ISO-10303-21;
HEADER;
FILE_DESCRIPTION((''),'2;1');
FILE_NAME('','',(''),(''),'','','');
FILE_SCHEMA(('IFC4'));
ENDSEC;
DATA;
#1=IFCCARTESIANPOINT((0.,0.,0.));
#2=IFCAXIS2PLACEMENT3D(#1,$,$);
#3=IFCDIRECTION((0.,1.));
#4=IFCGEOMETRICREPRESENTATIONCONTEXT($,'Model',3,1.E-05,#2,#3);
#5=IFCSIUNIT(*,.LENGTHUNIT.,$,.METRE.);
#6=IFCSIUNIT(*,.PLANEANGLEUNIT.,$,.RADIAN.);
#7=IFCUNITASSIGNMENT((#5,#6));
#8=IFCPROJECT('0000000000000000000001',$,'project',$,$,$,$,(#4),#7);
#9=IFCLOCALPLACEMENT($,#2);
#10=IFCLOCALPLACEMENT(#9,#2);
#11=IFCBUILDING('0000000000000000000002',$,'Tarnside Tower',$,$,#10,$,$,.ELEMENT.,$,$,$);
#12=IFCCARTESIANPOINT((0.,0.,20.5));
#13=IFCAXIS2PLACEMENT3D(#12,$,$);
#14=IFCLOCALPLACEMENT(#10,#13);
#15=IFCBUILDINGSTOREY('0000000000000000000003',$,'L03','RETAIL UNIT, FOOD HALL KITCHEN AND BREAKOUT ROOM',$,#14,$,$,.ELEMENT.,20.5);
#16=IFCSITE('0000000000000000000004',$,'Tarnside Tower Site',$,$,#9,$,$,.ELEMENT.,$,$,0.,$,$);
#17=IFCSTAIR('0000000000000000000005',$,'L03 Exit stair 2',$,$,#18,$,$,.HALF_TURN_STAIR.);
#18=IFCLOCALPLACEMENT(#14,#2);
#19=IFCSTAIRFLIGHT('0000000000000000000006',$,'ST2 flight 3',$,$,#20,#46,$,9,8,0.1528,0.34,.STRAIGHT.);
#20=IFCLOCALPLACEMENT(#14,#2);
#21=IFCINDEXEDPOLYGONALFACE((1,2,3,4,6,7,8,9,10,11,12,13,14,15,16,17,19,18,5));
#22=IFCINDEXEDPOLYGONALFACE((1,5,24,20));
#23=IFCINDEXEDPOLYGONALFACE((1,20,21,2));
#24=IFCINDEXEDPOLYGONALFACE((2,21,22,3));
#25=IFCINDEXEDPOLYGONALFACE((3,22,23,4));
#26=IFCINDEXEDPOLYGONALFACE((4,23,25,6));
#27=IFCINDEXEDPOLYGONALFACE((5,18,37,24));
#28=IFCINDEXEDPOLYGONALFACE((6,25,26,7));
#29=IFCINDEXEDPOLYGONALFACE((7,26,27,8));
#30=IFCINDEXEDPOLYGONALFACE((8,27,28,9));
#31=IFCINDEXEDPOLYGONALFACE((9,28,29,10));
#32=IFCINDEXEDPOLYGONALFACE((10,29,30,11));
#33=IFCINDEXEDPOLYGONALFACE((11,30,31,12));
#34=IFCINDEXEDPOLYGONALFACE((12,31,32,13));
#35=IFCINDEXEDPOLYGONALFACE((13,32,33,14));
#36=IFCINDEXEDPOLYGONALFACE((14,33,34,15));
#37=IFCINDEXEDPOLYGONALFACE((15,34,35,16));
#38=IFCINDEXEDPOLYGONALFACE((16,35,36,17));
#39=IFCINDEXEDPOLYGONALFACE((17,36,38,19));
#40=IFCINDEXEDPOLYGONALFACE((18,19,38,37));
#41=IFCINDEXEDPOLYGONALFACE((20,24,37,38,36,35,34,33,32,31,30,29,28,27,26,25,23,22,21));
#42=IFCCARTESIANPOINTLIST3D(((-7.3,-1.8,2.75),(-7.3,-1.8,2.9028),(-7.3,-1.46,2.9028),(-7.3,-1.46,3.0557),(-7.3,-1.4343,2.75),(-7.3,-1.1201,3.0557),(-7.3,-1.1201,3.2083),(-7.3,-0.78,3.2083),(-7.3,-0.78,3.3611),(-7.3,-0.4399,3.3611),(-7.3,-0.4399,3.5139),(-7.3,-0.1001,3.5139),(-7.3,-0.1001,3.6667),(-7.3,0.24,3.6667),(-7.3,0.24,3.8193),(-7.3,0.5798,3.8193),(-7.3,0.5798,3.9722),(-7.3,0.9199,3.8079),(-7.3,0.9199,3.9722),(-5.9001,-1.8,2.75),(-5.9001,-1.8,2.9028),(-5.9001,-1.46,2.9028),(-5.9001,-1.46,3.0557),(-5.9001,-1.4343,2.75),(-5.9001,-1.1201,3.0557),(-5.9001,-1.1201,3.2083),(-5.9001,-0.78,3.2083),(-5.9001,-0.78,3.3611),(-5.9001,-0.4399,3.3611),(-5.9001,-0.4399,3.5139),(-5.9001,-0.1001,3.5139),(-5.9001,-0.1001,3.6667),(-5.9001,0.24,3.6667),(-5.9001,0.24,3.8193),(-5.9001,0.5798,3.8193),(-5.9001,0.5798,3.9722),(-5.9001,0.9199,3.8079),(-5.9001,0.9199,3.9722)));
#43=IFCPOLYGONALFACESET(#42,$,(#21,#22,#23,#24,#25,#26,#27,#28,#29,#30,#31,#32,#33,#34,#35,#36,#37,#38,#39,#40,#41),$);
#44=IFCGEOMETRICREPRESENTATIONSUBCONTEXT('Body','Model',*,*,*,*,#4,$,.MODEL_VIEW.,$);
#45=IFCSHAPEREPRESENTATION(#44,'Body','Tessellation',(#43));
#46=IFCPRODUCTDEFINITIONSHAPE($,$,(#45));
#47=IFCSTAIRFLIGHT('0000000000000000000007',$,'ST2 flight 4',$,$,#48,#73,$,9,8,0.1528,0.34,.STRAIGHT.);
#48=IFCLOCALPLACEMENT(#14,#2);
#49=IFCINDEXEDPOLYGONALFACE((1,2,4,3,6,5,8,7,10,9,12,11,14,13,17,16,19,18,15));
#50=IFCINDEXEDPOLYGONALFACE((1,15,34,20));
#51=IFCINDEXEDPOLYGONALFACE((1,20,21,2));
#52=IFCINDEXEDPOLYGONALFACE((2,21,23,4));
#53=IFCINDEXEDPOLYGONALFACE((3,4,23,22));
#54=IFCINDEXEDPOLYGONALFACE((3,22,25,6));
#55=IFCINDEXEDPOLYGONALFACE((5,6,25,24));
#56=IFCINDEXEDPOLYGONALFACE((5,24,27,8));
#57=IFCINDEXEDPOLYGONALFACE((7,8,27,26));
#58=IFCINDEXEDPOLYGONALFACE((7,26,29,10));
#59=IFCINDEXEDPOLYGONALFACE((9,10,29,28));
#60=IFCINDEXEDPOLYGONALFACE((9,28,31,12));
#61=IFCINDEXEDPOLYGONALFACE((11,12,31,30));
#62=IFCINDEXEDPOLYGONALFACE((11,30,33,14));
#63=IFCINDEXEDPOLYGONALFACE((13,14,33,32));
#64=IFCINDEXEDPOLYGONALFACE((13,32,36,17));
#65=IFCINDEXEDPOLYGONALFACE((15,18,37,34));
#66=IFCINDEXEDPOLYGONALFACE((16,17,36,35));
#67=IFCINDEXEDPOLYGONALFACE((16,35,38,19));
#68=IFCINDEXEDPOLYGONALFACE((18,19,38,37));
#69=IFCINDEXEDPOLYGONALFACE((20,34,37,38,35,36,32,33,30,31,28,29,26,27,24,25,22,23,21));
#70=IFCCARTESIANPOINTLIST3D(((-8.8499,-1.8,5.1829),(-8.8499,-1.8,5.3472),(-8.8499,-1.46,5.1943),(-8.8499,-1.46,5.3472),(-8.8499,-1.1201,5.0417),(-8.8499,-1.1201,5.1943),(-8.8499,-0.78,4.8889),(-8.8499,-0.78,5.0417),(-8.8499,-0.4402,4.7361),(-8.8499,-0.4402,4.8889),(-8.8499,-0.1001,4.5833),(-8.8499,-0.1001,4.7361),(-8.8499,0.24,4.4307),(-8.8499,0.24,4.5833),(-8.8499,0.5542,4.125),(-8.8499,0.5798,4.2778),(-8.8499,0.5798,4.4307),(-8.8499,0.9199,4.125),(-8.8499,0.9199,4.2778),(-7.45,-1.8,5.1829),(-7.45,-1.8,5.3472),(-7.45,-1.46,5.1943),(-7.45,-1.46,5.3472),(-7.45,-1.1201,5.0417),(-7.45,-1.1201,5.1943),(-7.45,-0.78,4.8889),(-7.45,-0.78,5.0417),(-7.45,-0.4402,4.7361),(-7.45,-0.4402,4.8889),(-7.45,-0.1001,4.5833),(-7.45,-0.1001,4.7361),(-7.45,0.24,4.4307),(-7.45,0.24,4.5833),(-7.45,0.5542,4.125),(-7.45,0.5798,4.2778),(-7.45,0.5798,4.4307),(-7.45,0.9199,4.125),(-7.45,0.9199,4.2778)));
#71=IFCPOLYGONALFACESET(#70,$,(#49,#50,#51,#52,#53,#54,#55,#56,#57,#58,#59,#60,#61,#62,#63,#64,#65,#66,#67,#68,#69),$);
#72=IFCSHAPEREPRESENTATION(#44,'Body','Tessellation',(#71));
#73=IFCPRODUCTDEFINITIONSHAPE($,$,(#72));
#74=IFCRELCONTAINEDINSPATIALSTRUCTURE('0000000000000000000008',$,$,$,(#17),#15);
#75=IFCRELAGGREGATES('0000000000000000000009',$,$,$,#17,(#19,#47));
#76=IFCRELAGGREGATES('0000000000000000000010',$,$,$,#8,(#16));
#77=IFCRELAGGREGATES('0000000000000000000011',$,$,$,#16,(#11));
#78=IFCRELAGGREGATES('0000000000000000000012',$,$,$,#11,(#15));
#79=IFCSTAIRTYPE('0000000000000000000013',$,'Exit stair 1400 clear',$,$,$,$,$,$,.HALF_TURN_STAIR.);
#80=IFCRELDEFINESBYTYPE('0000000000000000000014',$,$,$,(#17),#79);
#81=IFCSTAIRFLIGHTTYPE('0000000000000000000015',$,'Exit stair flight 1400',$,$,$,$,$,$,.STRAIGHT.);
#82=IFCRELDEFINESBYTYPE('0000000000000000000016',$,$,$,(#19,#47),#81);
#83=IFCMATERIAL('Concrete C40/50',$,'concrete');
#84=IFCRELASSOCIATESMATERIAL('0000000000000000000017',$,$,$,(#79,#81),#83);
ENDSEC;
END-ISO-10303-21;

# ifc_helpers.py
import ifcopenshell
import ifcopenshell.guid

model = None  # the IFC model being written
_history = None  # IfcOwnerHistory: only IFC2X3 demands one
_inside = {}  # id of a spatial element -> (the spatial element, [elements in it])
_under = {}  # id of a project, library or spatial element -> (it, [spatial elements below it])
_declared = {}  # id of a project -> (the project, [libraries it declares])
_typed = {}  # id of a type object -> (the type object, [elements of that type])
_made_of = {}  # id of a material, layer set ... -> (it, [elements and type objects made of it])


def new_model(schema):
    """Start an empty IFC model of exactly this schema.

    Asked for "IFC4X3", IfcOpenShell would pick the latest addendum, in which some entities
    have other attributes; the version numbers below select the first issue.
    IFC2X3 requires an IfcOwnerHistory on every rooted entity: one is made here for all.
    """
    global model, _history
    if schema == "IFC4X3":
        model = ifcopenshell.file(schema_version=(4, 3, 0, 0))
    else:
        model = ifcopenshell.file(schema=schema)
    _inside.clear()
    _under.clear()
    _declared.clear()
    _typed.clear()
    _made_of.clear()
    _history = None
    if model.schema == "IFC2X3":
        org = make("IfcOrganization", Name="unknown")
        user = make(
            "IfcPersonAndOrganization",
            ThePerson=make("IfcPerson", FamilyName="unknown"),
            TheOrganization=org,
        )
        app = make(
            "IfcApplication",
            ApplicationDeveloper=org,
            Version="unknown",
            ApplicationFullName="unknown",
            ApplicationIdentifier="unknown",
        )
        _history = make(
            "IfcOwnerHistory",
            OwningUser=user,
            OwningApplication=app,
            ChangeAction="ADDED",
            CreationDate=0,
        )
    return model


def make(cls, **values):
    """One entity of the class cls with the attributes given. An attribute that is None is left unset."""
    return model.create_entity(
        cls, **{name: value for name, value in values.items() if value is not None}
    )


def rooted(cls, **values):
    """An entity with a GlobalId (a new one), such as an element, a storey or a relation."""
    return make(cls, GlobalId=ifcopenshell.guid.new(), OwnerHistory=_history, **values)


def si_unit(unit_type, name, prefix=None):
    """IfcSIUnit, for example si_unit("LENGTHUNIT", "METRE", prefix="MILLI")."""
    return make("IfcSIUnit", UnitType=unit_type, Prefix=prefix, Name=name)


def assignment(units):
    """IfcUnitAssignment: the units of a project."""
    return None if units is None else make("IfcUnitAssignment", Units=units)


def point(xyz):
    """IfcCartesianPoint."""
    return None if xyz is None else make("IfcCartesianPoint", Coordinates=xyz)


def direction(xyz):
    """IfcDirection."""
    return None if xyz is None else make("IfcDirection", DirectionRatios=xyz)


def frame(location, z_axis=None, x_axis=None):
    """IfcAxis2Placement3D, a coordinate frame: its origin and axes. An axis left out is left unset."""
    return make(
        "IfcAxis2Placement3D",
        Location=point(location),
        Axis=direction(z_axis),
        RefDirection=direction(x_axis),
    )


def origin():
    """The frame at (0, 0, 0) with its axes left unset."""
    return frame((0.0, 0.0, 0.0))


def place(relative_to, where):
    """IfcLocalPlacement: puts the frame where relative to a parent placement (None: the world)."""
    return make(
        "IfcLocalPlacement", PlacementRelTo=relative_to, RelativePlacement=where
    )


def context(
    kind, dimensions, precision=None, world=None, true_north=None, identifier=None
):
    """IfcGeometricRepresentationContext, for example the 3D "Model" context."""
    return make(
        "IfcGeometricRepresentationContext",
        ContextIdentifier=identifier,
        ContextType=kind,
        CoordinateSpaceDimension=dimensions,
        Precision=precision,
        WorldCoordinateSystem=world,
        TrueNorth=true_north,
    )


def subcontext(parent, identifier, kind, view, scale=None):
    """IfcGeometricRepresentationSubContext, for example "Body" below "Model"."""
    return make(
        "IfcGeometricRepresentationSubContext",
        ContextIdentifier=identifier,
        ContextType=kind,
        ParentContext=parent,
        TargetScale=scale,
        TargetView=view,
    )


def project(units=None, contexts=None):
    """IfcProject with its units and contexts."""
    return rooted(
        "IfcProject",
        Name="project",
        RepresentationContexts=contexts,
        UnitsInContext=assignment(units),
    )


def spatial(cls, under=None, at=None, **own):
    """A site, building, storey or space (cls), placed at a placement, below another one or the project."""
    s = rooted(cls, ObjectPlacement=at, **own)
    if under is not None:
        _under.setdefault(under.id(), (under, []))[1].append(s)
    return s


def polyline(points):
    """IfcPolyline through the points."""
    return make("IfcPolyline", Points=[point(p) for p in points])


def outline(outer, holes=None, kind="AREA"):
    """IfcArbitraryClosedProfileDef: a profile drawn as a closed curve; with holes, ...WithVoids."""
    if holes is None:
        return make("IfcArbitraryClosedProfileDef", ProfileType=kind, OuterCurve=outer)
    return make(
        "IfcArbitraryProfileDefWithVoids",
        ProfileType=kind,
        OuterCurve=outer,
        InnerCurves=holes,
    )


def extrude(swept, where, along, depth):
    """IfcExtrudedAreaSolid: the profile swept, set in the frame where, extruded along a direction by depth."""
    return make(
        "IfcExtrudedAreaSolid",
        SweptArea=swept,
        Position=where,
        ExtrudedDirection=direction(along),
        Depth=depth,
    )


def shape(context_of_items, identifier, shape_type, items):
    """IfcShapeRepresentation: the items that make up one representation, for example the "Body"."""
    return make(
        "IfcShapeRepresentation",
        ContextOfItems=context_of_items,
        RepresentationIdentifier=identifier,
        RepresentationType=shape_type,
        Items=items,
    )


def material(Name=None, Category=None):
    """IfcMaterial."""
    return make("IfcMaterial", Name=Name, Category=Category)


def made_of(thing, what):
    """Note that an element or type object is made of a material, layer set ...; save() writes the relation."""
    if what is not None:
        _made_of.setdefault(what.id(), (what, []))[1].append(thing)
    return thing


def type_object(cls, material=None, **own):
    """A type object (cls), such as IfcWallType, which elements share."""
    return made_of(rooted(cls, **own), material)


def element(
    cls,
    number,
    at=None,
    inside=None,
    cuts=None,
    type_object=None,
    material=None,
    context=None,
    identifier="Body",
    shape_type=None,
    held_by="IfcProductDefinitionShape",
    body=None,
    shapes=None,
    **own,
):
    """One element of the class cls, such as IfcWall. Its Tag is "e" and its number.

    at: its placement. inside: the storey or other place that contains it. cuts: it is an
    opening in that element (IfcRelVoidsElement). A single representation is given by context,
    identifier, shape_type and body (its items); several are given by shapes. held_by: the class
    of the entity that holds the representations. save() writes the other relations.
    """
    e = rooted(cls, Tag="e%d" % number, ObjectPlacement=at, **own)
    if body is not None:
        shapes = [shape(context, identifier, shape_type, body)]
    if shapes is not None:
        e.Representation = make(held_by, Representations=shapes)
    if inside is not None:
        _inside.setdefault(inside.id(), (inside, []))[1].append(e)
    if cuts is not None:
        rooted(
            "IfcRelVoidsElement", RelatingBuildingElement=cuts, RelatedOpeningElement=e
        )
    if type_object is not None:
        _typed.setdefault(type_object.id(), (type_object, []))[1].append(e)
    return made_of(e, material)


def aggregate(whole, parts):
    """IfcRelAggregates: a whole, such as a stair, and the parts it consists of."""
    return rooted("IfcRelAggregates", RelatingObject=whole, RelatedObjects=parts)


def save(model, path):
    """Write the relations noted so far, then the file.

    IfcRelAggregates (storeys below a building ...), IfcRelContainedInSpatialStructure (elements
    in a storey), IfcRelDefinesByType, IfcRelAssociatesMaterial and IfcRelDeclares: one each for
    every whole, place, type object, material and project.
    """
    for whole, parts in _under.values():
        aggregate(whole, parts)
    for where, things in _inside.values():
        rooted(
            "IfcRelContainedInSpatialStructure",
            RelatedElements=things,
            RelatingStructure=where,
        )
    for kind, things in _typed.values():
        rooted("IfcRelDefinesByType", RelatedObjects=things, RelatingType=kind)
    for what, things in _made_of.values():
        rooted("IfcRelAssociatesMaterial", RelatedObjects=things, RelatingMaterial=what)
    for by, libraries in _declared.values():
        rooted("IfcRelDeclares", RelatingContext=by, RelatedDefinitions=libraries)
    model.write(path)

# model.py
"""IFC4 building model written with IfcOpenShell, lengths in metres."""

from ifc_helpers import new_model, si_unit, direction, frame, origin, place, context, subcontext, project, spatial, polyline, outline, extrude, material, type_object, element, aggregate, save


model = new_model("IFC4")

# Units and contexts
model_context = context("Model", 3, precision=1e-05, world=origin(), true_north=direction((0.0, 1.0)))
body_context = subcontext(model_context, "Body", "Model", "MODEL_VIEW")
ifc_project = project(units=[si_unit("LENGTHUNIT", "METRE"), si_unit("PLANEANGLEUNIT", "RADIAN")], contexts=[model_context])

# Site, building, storey
site_placement = place(None, origin())
site = spatial("IfcSite", under=ifc_project, at=site_placement, Name="Tarnside Tower Site", CompositionType="ELEMENT", RefElevation=0.0)
building_placement = place(site_placement, origin())
building = spatial("IfcBuilding", under=site, at=building_placement, Name="Tarnside Tower", CompositionType="ELEMENT")
storey_placement = place(building_placement, frame((0.0, 0.0, 20.5)))
storey = spatial("IfcBuildingStorey", under=building, at=storey_placement, Name="L03", Description="RETAIL UNIT, FOOD HALL KITCHEN AND BREAKOUT ROOM", CompositionType="ELEMENT", Elevation=20.5)

# Shared definitions
ifc_material_1 = material(Name="Concrete C40/50", Category="concrete")

# Stair, stair flights
stair_type = type_object("IfcStairType", Name="Exit stair 1400 clear", PredefinedType="HALF_TURN_STAIR", material=ifc_material_1)
stair_placement = place(storey_placement, origin())
stair = element("IfcStair", 1, at=stair_placement, inside=storey, type_object=stair_type, Name="L03 Exit stair 2", PredefinedType="HALF_TURN_STAIR")
stair_flight_type = type_object("IfcStairFlightType", Name="Exit stair flight 1400", PredefinedType="STRAIGHT", material=ifc_material_1)
stair_flight_1_placement = place(storey_placement, frame((-6.6001, -1.8, 2.75), z_axis=(0.0, 0.0, 1.0), x_axis=(0.0, 1.0, 0.0)))
stair_flight_1 = element("IfcStairFlight", 2, at=stair_flight_1_placement, type_object=stair_flight_type, Name="ST2 flight 3", NumberOfRisers=9, NumberOfTreads=8, PredefinedType="STRAIGHT", RiserHeight=0.1528, TreadLength=0.34, context=body_context, shape_type="SweptSolid", body=[
    extrude(outline(polyline([(0.0, 0.0), (0.0, 0.1528), (0.3401, 0.1528), (0.3401, 0.3057), (0.6799, 0.3057), (0.6799, 0.4583), (1.02, 0.4583), (1.02, 0.6111), (1.3601, 0.6111), (1.3601, 0.7639), (1.7, 0.7639), (1.7, 0.9167), (2.04, 0.9167), (2.04, 1.0693), (2.3799, 1.0693), (2.3799, 1.2222), (2.72, 1.2222), (2.72, 1.375), (2.72, 1.0579), (0.3657, 0.0), (0.0, 0.0)])), frame((0.0, 0.7, 0.0), z_axis=(0.0, -1.0, 0.0), x_axis=(1.0, 0.0, 0.0)), (0.0, 0.0, 1.0), 1.3999),
])
stair_flight_2_placement = place(storey_placement, frame((-8.1499, 0.9199, 4.125), z_axis=(0.0, 0.0, 1.0), x_axis=(0.0, -1.0, 0.0)))
stair_flight_2 = element("IfcStairFlight", 3, at=stair_flight_2_placement, type_object=stair_flight_type, Name="ST2 flight 4", NumberOfRisers=9, NumberOfTreads=8, PredefinedType="STRAIGHT", RiserHeight=0.1528, TreadLength=0.34, context=body_context, shape_type="SweptSolid", body=[
    extrude(outline(polyline([(0.0, 0.0), (0.0, 0.1528), (0.3401, 0.1528), (0.3401, 0.3057), (0.6799, 0.3057), (0.6799, 0.4583), (1.02, 0.4583), (1.02, 0.6111), (1.3601, 0.6111), (1.3601, 0.7639), (1.7, 0.7639), (1.7, 0.9167), (2.04, 0.9167), (2.04, 1.0693), (2.3799, 1.0693), (2.3799, 1.2222), (2.72, 1.2222), (2.72, 1.375), (2.72, 1.0579), (0.3657, 0.0), (0.0, 0.0)])), frame((0.0, 0.7, 0.0), z_axis=(0.0, -1.0, 0.0), x_axis=(1.0, 0.0, 0.0)), (0.0, 0.0, 1.0), 1.3999),
])
aggregate(stair, [stair_flight_1, stair_flight_2])

save(model, "model.ifc")
